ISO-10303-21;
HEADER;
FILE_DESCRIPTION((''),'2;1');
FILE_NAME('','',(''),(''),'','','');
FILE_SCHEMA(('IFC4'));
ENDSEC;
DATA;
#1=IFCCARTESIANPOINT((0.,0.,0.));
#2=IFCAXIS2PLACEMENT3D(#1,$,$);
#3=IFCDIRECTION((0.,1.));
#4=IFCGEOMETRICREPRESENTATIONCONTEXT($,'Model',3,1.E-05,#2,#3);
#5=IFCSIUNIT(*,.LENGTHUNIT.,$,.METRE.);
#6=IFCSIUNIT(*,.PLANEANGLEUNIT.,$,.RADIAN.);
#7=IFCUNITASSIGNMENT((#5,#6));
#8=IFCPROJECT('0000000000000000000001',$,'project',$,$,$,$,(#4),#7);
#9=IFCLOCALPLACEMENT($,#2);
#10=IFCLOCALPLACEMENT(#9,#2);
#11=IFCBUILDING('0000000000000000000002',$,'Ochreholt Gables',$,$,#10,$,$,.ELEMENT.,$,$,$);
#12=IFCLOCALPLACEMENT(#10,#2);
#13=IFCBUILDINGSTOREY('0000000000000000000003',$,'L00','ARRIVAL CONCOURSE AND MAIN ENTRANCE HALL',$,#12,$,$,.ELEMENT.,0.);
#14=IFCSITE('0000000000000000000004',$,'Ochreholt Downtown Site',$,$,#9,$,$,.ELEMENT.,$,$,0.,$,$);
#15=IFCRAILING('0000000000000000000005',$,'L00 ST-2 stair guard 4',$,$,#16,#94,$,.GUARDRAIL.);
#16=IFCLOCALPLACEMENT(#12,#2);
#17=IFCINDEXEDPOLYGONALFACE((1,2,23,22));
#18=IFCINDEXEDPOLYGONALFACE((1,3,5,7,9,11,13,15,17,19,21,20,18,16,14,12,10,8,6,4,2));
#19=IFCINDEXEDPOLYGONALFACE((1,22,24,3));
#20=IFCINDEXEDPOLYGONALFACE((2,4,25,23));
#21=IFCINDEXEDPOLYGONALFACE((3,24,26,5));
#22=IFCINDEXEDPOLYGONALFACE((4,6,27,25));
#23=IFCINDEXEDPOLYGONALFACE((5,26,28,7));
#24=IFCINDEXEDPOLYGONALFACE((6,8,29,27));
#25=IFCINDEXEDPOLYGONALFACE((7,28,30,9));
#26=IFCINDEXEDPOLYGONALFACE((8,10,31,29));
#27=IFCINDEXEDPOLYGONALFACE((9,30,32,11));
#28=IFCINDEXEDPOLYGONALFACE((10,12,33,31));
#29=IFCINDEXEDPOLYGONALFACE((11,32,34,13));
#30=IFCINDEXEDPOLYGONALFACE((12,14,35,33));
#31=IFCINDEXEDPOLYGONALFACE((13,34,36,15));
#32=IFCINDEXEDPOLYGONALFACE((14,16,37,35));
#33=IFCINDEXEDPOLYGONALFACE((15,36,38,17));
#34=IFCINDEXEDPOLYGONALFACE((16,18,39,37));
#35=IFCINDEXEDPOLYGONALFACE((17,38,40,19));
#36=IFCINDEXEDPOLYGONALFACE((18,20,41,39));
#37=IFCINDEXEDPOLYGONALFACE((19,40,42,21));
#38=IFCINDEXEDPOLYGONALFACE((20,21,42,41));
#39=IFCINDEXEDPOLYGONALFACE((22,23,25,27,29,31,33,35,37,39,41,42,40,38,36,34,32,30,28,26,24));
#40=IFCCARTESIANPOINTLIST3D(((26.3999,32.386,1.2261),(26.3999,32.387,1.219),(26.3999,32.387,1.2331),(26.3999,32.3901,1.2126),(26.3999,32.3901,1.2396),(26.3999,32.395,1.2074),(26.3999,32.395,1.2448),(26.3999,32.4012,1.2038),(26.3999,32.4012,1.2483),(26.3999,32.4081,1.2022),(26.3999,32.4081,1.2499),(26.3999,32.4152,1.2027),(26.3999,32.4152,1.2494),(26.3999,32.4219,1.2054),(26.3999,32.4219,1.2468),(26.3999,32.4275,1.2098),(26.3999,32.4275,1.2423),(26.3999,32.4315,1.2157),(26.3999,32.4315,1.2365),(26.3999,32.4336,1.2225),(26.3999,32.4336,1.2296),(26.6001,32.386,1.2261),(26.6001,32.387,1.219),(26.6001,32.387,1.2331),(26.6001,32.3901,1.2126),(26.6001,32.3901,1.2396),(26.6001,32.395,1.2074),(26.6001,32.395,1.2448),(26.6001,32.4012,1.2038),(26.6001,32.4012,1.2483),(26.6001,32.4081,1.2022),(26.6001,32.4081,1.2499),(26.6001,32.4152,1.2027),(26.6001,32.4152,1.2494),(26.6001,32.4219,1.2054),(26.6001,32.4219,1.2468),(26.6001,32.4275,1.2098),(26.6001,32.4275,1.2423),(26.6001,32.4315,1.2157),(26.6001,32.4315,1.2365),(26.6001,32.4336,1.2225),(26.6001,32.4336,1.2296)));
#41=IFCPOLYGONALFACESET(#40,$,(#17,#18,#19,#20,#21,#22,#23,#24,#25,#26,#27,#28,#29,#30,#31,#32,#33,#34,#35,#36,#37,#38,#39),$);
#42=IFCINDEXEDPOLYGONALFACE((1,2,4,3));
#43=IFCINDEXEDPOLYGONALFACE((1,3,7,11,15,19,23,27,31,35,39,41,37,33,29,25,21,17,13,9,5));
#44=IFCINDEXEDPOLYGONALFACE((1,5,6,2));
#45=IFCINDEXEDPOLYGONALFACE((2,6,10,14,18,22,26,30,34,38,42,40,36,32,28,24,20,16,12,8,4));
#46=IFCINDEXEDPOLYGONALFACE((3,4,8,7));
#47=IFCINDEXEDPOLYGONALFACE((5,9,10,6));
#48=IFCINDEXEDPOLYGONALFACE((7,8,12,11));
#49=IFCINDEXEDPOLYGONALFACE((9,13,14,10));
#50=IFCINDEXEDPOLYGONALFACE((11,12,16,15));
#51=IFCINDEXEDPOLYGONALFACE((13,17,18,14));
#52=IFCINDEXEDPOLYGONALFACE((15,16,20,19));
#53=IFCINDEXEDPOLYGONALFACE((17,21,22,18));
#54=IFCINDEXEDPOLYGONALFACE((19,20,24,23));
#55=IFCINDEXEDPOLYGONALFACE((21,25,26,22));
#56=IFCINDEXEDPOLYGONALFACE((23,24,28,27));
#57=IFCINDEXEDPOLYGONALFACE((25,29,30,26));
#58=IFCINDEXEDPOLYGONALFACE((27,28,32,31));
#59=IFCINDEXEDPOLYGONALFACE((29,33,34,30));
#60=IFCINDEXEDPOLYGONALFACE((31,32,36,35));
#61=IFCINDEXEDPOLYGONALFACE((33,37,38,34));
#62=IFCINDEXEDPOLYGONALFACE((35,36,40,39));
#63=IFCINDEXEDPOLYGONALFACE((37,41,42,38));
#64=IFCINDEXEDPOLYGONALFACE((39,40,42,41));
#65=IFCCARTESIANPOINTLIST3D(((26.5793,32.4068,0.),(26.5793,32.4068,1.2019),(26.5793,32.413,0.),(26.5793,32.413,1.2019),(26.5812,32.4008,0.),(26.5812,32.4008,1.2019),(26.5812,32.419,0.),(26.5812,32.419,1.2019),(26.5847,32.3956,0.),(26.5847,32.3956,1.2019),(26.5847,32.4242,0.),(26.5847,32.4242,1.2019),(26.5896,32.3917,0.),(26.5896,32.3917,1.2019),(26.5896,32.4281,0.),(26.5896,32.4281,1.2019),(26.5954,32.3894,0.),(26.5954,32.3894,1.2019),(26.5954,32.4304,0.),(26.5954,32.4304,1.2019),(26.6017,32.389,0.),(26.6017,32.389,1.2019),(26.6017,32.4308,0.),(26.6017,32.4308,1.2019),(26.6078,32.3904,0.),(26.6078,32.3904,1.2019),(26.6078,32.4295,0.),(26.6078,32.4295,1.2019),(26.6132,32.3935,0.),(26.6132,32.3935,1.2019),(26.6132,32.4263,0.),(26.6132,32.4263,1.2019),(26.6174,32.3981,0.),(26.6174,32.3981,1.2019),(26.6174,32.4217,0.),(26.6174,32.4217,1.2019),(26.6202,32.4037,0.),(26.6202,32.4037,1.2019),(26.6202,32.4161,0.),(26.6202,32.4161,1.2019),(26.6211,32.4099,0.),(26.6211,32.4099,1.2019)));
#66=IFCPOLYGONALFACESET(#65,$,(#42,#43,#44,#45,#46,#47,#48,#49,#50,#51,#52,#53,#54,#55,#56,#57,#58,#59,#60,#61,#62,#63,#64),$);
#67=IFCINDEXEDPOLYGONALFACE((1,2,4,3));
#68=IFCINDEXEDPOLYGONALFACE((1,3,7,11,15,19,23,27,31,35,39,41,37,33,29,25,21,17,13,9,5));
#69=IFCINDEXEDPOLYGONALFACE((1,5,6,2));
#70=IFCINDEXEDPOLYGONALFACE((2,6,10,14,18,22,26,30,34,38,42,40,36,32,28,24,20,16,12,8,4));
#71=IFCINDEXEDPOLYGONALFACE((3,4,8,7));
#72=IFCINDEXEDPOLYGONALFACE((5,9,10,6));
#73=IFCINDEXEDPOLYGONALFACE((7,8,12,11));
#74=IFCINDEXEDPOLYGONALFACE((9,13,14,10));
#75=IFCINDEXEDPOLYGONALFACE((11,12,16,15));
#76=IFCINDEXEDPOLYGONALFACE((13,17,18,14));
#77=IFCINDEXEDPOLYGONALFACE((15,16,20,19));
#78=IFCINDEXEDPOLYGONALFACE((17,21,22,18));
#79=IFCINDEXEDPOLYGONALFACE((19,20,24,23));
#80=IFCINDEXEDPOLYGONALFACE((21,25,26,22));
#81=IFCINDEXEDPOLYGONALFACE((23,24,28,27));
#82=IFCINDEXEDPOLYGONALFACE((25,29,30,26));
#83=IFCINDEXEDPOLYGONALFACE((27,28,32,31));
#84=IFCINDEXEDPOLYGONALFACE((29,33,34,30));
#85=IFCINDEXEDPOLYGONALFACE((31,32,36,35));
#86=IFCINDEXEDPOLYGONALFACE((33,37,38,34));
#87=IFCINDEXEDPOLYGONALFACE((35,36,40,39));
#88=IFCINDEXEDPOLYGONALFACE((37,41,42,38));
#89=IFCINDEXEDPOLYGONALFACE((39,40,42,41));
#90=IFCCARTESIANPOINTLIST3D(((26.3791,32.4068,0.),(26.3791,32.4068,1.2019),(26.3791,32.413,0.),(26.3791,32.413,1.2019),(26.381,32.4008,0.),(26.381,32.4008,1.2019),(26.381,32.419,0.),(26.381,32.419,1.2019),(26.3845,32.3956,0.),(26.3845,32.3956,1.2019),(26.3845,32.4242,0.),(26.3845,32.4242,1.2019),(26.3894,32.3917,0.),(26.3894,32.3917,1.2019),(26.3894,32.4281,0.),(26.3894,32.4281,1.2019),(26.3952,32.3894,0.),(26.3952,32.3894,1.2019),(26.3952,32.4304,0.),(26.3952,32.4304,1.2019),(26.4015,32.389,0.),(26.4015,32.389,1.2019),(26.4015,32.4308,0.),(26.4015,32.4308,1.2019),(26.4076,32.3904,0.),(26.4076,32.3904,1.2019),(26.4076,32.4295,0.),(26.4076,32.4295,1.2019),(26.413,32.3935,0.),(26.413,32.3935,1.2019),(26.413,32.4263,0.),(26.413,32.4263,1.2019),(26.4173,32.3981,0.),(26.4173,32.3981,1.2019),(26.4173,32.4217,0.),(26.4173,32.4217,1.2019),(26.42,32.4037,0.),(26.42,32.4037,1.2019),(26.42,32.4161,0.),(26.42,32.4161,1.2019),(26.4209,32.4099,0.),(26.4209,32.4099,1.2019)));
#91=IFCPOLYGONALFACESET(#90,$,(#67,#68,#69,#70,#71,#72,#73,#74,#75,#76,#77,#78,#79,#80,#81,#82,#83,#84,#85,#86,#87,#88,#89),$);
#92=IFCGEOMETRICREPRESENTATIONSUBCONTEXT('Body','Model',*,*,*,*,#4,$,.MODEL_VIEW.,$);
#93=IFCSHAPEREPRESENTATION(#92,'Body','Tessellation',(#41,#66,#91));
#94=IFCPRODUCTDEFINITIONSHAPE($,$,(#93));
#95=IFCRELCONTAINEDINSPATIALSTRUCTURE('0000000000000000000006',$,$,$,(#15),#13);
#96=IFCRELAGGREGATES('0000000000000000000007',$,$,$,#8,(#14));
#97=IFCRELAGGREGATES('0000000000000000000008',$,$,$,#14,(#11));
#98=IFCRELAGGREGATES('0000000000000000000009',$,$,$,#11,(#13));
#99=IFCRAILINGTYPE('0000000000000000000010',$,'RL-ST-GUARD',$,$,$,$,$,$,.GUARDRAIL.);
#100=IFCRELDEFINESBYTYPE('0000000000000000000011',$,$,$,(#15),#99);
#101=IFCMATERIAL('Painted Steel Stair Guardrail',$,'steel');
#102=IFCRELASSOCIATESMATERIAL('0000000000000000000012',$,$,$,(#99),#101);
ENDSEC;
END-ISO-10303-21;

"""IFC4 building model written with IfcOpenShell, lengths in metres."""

from ifc_helpers import new_model, si_unit, direction, frame, origin, origin_2d, place, context, subcontext, project, spatial, circle, extrude, material, type_object, element, save


model = new_model("IFC4")

# Units and contexts
model_context = context("Model", 3, precision=1e-05, world=origin(), true_north=direction((0.0, 1.0)))
body_context = subcontext(model_context, "Body", "Model", "MODEL_VIEW")
ifc_project = project(units=[si_unit("LENGTHUNIT", "METRE"), si_unit("PLANEANGLEUNIT", "RADIAN")], contexts=[model_context])

# Site, building, storey
site_placement = place(None, origin())
site = spatial("IfcSite", under=ifc_project, at=site_placement, Name="Ochreholt Downtown Site", CompositionType="ELEMENT", RefElevation=0.0)
building_placement = place(site_placement, origin())
building = spatial("IfcBuilding", under=site, at=building_placement, Name="Ochreholt Gables", CompositionType="ELEMENT")
storey_placement = place(building_placement, origin())
storey = spatial("IfcBuildingStorey", under=building, at=storey_placement, Name="L00", Description="ARRIVAL CONCOURSE AND MAIN ENTRANCE HALL", CompositionType="ELEMENT", Elevation=0.0)

# Railing
ifc_material_1 = material(Name="Painted Steel Stair Guardrail", Category="steel")
railing_type_1 = type_object("IfcRailingType", Name="RL-ST-GUARD", PredefinedType="GUARDRAIL", material=ifc_material_1)
railing_1_placement = place(storey_placement, frame((26.6001, 32.4099, 0.0)))
element("IfcRailing", 1, at=railing_1_placement, inside=storey, type_object=railing_type_1, Name="L00 ST-2 stair guard 4", PredefinedType="GUARDRAIL", context=body_context, shape_type="SweptSolid", body=[
    extrude(circle(Radius=0.0239, at=origin_2d()), frame((0.0, 0.0, 1.2261), z_axis=(-1.0, 0.0, 0.0), x_axis=(0.0, -1.0, 0.0)), (0.0, 0.0, 1.0), 0.2002),
    extrude(circle(Radius=0.021, at=origin_2d()), origin(), (0.0, 0.0, 1.0), 1.2019),
    extrude(circle(Radius=0.021, at=origin_2d()), frame((-0.2002, 0.0, 0.0)), (0.0, 0.0, 1.0), 1.2019),
])

save(model, "model.ifc")
